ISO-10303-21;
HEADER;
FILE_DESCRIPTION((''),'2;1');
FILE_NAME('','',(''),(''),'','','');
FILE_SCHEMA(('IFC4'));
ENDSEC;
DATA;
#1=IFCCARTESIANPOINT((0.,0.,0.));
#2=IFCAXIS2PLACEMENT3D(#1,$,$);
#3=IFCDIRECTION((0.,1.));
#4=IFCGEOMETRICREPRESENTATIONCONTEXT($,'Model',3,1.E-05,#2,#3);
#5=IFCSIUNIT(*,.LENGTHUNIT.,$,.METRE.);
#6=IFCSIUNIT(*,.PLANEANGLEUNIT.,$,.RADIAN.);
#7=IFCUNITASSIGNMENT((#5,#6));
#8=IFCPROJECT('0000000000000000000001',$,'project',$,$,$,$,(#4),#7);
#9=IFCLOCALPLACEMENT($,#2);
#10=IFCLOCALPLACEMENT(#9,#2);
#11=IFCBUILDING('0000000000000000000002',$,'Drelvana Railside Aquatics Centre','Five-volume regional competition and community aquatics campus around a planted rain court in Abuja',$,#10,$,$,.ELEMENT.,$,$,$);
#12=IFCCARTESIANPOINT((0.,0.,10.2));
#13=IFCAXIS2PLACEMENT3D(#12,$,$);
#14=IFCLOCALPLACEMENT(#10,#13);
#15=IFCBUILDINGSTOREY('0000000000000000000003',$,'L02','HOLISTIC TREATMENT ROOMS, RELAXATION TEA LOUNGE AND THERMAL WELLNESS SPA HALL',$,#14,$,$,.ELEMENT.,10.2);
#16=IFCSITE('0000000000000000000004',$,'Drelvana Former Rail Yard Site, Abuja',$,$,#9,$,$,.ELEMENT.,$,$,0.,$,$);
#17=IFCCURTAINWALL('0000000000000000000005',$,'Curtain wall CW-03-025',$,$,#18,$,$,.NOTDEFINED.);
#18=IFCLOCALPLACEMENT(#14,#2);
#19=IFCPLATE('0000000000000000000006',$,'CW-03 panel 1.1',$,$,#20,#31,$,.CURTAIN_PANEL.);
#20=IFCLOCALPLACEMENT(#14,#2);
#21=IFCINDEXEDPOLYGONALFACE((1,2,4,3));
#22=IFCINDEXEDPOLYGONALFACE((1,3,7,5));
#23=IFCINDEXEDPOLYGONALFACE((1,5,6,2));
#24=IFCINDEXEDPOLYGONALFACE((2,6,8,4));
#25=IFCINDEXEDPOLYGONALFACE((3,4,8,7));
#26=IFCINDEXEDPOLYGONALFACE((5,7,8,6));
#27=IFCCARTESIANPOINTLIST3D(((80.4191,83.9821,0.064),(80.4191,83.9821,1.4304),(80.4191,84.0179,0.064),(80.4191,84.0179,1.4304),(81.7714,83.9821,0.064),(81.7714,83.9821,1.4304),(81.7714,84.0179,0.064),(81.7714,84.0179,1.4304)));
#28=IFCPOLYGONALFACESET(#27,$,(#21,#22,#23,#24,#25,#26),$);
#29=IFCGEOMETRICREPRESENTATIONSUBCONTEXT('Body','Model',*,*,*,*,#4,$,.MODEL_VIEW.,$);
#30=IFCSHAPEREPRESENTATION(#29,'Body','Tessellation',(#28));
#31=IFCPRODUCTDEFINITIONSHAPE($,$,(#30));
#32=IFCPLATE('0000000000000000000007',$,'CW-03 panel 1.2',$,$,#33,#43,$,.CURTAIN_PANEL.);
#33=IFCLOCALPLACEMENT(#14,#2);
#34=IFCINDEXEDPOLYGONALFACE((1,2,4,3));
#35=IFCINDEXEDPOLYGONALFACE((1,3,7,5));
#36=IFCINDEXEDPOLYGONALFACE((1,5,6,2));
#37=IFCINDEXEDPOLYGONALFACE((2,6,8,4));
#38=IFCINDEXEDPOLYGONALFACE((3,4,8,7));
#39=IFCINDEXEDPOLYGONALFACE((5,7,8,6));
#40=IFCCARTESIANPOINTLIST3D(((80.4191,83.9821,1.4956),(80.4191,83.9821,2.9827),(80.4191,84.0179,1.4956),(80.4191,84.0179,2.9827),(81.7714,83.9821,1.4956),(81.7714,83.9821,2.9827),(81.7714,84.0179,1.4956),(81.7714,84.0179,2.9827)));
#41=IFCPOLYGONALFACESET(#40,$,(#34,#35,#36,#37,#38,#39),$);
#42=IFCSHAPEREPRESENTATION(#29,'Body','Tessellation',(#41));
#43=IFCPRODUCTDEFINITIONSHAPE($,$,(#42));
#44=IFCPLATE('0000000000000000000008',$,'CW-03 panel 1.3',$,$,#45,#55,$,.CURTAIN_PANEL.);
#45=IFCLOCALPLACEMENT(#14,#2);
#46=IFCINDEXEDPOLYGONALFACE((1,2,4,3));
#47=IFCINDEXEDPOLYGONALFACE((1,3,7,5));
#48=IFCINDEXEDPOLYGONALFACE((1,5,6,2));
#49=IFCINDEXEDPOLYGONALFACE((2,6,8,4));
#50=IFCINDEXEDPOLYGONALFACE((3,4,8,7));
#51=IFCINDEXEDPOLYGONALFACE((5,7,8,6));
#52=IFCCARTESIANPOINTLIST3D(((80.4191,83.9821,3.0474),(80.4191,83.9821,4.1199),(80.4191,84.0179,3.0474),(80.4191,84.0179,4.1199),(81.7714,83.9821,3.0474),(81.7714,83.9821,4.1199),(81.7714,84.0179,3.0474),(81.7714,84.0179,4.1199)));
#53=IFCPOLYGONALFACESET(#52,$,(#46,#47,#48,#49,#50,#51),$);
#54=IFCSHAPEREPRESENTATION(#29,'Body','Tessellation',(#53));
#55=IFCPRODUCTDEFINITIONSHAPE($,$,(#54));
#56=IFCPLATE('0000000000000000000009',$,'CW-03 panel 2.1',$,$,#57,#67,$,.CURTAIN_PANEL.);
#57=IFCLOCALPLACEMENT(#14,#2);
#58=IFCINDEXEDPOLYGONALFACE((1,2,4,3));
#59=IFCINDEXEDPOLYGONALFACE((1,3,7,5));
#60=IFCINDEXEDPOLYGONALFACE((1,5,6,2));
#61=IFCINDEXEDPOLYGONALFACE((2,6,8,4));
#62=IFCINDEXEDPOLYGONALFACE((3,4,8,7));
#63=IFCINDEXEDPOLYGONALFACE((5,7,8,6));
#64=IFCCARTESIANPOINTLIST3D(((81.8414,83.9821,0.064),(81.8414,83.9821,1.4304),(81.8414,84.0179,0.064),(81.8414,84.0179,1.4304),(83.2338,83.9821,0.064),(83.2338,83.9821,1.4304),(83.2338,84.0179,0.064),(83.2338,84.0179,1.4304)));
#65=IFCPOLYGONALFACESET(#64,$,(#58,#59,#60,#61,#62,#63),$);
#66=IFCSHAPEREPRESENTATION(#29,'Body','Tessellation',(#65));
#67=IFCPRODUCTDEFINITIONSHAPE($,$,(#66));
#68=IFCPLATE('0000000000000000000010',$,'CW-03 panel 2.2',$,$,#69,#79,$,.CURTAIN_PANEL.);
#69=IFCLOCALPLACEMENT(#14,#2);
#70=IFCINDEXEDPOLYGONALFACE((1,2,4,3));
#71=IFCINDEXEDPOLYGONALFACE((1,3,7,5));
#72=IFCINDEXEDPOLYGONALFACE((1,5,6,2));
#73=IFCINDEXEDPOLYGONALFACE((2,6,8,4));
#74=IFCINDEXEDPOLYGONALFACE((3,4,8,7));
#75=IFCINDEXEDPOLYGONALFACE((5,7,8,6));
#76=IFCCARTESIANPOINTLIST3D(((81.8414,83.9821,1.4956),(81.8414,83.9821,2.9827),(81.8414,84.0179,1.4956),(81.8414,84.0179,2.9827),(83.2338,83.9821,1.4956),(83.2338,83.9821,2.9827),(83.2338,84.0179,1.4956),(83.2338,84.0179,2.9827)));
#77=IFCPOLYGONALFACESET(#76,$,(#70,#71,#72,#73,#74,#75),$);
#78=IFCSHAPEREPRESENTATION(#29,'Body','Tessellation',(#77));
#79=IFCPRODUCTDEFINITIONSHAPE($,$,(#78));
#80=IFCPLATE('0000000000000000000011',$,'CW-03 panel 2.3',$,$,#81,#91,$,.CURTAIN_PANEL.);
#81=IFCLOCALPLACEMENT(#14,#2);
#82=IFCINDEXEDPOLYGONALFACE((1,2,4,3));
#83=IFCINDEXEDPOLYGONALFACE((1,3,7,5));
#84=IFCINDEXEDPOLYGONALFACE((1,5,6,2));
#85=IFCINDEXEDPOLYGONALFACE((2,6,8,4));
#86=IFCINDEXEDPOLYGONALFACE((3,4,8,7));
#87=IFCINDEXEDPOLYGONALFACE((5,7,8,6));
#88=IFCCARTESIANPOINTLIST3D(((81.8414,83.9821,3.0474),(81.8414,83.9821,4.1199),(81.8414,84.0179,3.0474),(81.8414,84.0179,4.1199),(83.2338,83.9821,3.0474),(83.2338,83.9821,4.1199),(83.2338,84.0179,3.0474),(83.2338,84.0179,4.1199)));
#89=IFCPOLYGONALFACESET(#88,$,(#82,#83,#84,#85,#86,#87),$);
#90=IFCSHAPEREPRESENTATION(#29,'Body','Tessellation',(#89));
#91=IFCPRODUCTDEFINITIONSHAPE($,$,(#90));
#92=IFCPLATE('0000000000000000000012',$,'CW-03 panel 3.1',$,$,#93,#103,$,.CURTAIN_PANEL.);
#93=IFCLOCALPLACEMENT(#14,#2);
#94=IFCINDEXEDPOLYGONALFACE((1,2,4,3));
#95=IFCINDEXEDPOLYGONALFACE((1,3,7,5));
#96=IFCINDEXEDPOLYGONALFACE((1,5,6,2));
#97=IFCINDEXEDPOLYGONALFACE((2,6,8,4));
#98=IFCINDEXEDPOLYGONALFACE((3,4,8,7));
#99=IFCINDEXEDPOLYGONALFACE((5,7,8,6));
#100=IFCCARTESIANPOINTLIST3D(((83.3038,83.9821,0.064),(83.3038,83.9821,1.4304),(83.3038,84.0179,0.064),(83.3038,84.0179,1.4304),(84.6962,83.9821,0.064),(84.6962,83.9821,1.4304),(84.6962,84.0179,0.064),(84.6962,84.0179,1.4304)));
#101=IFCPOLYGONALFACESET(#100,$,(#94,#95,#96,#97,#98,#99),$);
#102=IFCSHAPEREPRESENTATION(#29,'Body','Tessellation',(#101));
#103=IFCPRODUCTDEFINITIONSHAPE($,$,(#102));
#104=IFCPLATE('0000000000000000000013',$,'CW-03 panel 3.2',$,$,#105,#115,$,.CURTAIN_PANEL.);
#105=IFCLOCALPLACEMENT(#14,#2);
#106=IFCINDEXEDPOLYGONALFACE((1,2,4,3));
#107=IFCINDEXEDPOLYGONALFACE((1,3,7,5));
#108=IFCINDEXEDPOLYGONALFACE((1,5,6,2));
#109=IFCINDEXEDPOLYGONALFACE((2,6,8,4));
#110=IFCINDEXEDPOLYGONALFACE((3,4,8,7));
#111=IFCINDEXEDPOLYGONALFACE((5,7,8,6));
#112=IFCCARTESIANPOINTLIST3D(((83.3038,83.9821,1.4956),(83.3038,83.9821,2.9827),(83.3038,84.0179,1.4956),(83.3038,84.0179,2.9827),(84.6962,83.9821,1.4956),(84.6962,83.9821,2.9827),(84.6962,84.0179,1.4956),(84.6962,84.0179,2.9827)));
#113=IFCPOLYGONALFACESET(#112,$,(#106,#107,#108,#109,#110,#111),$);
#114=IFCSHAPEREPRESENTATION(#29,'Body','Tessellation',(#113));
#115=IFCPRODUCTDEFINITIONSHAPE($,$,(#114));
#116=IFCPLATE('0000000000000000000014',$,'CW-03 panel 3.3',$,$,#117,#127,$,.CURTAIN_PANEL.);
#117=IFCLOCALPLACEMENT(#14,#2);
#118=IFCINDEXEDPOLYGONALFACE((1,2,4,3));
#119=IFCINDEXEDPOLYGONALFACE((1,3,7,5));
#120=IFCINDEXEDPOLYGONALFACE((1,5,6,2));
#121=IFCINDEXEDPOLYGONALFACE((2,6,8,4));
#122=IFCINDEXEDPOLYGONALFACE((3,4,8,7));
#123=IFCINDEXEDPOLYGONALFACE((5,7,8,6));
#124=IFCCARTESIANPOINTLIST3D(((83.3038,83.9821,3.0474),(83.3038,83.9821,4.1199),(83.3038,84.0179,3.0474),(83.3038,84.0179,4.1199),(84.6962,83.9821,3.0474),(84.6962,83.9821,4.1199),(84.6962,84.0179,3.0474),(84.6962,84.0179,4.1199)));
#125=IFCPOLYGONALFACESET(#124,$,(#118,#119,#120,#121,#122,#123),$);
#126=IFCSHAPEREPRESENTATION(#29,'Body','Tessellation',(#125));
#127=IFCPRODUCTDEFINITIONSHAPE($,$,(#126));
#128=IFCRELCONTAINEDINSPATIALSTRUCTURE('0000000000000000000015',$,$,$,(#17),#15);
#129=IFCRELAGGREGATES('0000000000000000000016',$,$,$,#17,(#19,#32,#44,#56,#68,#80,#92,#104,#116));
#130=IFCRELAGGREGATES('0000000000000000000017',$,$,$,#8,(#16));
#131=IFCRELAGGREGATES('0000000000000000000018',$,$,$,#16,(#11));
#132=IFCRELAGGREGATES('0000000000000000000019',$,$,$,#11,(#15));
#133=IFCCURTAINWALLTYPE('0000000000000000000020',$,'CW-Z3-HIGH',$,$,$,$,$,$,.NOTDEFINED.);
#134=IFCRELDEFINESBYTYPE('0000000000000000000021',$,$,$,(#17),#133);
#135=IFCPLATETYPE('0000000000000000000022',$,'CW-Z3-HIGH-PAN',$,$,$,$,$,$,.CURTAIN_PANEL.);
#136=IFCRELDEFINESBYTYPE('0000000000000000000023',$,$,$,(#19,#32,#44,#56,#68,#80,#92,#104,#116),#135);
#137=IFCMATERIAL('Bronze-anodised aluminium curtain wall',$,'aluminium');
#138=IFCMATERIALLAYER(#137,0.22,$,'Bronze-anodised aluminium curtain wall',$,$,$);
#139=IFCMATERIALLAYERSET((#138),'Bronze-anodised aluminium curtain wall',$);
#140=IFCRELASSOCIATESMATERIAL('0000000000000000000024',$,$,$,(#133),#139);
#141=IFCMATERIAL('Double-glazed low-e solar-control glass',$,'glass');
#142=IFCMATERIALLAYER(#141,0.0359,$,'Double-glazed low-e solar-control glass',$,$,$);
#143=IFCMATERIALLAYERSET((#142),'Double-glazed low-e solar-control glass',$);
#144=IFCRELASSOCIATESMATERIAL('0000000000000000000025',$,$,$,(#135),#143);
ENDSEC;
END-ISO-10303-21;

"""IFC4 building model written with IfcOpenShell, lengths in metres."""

from ifc_helpers import new_model, si_unit, direction, frame, origin, origin_2d, place, context, subcontext, project, spatial, rectangle, extrude, material, layer, layer_set, type_object, element, aggregate, save


model = new_model("IFC4")

# Units and contexts
model_context = context("Model", 3, precision=1e-05, world=origin(), true_north=direction((0.0, 1.0)))
body_context = subcontext(model_context, "Body", "Model", "MODEL_VIEW")
ifc_project = project(units=[si_unit("LENGTHUNIT", "METRE"), si_unit("PLANEANGLEUNIT", "RADIAN")], contexts=[model_context])

# Site, building, storey
site_placement = place(None, origin())
site = spatial("IfcSite", under=ifc_project, at=site_placement, Name="Drelvana Former Rail Yard Site, Abuja", CompositionType="ELEMENT", RefElevation=0.0)
building_placement = place(site_placement, origin())
building = spatial("IfcBuilding", under=site, at=building_placement, Name="Drelvana Railside Aquatics Centre", Description="Five-volume regional competition and community aquatics campus around a planted rain court in Abuja", CompositionType="ELEMENT")
storey_placement = place(building_placement, frame((0.0, 0.0, 10.2)))
storey = spatial("IfcBuildingStorey", under=building, at=storey_placement, Name="L02", Description="HOLISTIC TREATMENT ROOMS, RELAXATION TEA LOUNGE AND THERMAL WELLNESS SPA HALL", CompositionType="ELEMENT", Elevation=10.2)

# Curtain wall, plates
ifc_material_1 = material(Name="Bronze-anodised aluminium curtain wall", Category="aluminium")
ifc_layer_1 = layer(ifc_material_1, 0.22, Name="Bronze-anodised aluminium curtain wall")
ifc_layer_set_1 = layer_set([ifc_layer_1], Name="Bronze-anodised aluminium curtain wall")
curtain_wall_type = type_object("IfcCurtainWallType", Name="CW-Z3-HIGH", PredefinedType="NOTDEFINED", material=ifc_layer_set_1)
curtain_wall_placement = place(storey_placement, origin())
curtain_wall = element("IfcCurtainWall", 1, at=curtain_wall_placement, inside=storey, type_object=curtain_wall_type, Name="Curtain wall CW-03-025", PredefinedType="NOTDEFINED")
ifc_material_2 = material(Name="Double-glazed low-e solar-control glass", Category="glass")
ifc_layer_2 = layer(ifc_material_2, 0.0359, Name="Double-glazed low-e solar-control glass")
ifc_layer_set_2 = layer_set([ifc_layer_2], Name="Double-glazed low-e solar-control glass")
plate_type = type_object("IfcPlateType", Name="CW-Z3-HIGH-PAN", PredefinedType="CURTAIN_PANEL", material=ifc_layer_set_2)
plate_1_placement = place(storey_placement, frame((81.0952, 84.0, 0.064), z_axis=(0.0, 0.0, 1.0), x_axis=(1.0, 0.0, 0.0)))
plate_1 = element("IfcPlate", 2, at=plate_1_placement, type_object=plate_type, Name="CW-03 panel 1.1", PredefinedType="CURTAIN_PANEL", context=body_context, shape_type="SweptSolid", body=[
    extrude(rectangle(XDim=1.3523, YDim=0.0359, at=origin_2d()), origin(), (0.0, 0.0, 1.0), 1.3665),
])
plate_2_placement = place(storey_placement, frame((81.0952, 84.0, 1.4956), z_axis=(0.0, 0.0, 1.0), x_axis=(1.0, 0.0, 0.0)))
plate_2 = element("IfcPlate", 3, at=plate_2_placement, type_object=plate_type, Name="CW-03 panel 1.2", PredefinedType="CURTAIN_PANEL", context=body_context, shape_type="SweptSolid", body=[
    extrude(rectangle(XDim=1.3523, YDim=0.0359, at=origin_2d()), origin(), (0.0, 0.0, 1.0), 1.4871),
])
plate_3_placement = place(storey_placement, frame((81.0952, 84.0, 3.0474), z_axis=(0.0, 0.0, 1.0), x_axis=(1.0, 0.0, 0.0)))
plate_3 = element("IfcPlate", 4, at=plate_3_placement, type_object=plate_type, Name="CW-03 panel 1.3", PredefinedType="CURTAIN_PANEL", context=body_context, shape_type="SweptSolid", body=[
    extrude(rectangle(XDim=1.3523, YDim=0.0359, at=origin_2d()), origin(), (0.0, 0.0, 1.0), 1.0725),
])
plate_4_placement = place(storey_placement, frame((82.5376, 84.0, 0.064), z_axis=(0.0, 0.0, 1.0), x_axis=(1.0, 0.0, 0.0)))
plate_4 = element("IfcPlate", 5, at=plate_4_placement, type_object=plate_type, Name="CW-03 panel 2.1", PredefinedType="CURTAIN_PANEL", context=body_context, shape_type="SweptSolid", body=[
    extrude(rectangle(XDim=1.3923, YDim=0.0359, at=origin_2d()), origin(), (0.0, 0.0, 1.0), 1.3665),
])
plate_5_placement = place(storey_placement, frame((82.5376, 84.0, 1.4956), z_axis=(0.0, 0.0, 1.0), x_axis=(1.0, 0.0, 0.0)))
plate_5 = element("IfcPlate", 6, at=plate_5_placement, type_object=plate_type, Name="CW-03 panel 2.2", PredefinedType="CURTAIN_PANEL", context=body_context, shape_type="SweptSolid", body=[
    extrude(rectangle(XDim=1.3923, YDim=0.0359, at=origin_2d()), origin(), (0.0, 0.0, 1.0), 1.4871),
])
plate_6_placement = place(storey_placement, frame((82.5376, 84.0, 3.0474), z_axis=(0.0, 0.0, 1.0), x_axis=(1.0, 0.0, 0.0)))
plate_6 = element("IfcPlate", 7, at=plate_6_placement, type_object=plate_type, Name="CW-03 panel 2.3", PredefinedType="CURTAIN_PANEL", context=body_context, shape_type="SweptSolid", body=[
    extrude(rectangle(XDim=1.3923, YDim=0.0359, at=origin_2d()), origin(), (0.0, 0.0, 1.0), 1.0725),
])
plate_7_placement = place(storey_placement, frame((84.0, 84.0, 0.064), z_axis=(0.0, 0.0, 1.0), x_axis=(1.0, 0.0, 0.0)))
plate_7 = element("IfcPlate", 8, at=plate_7_placement, type_object=plate_type, Name="CW-03 panel 3.1", PredefinedType="CURTAIN_PANEL", context=body_context, shape_type="SweptSolid", body=[
    extrude(rectangle(XDim=1.3923, YDim=0.0359, at=origin_2d()), origin(), (0.0, 0.0, 1.0), 1.3665),
])
plate_8_placement = place(storey_placement, frame((84.0, 84.0, 1.4956), z_axis=(0.0, 0.0, 1.0), x_axis=(1.0, 0.0, 0.0)))
plate_8 = element("IfcPlate", 9, at=plate_8_placement, type_object=plate_type, Name="CW-03 panel 3.2", PredefinedType="CURTAIN_PANEL", context=body_context, shape_type="SweptSolid", body=[
    extrude(rectangle(XDim=1.3923, YDim=0.0359, at=origin_2d()), origin(), (0.0, 0.0, 1.0), 1.4871),
])
plate_9_placement = place(storey_placement, frame((84.0, 84.0, 3.0474), z_axis=(0.0, 0.0, 1.0), x_axis=(1.0, 0.0, 0.0)))
plate_9 = element("IfcPlate", 10, at=plate_9_placement, type_object=plate_type, Name="CW-03 panel 3.3", PredefinedType="CURTAIN_PANEL", context=body_context, shape_type="SweptSolid", body=[
    extrude(rectangle(XDim=1.3923, YDim=0.0359, at=origin_2d()), origin(), (0.0, 0.0, 1.0), 1.0725),
])
aggregate(curtain_wall, [plate_1, plate_2, plate_3, plate_4, plate_5, plate_6, plate_7, plate_8, plate_9])

save(model, "model.ifc")
